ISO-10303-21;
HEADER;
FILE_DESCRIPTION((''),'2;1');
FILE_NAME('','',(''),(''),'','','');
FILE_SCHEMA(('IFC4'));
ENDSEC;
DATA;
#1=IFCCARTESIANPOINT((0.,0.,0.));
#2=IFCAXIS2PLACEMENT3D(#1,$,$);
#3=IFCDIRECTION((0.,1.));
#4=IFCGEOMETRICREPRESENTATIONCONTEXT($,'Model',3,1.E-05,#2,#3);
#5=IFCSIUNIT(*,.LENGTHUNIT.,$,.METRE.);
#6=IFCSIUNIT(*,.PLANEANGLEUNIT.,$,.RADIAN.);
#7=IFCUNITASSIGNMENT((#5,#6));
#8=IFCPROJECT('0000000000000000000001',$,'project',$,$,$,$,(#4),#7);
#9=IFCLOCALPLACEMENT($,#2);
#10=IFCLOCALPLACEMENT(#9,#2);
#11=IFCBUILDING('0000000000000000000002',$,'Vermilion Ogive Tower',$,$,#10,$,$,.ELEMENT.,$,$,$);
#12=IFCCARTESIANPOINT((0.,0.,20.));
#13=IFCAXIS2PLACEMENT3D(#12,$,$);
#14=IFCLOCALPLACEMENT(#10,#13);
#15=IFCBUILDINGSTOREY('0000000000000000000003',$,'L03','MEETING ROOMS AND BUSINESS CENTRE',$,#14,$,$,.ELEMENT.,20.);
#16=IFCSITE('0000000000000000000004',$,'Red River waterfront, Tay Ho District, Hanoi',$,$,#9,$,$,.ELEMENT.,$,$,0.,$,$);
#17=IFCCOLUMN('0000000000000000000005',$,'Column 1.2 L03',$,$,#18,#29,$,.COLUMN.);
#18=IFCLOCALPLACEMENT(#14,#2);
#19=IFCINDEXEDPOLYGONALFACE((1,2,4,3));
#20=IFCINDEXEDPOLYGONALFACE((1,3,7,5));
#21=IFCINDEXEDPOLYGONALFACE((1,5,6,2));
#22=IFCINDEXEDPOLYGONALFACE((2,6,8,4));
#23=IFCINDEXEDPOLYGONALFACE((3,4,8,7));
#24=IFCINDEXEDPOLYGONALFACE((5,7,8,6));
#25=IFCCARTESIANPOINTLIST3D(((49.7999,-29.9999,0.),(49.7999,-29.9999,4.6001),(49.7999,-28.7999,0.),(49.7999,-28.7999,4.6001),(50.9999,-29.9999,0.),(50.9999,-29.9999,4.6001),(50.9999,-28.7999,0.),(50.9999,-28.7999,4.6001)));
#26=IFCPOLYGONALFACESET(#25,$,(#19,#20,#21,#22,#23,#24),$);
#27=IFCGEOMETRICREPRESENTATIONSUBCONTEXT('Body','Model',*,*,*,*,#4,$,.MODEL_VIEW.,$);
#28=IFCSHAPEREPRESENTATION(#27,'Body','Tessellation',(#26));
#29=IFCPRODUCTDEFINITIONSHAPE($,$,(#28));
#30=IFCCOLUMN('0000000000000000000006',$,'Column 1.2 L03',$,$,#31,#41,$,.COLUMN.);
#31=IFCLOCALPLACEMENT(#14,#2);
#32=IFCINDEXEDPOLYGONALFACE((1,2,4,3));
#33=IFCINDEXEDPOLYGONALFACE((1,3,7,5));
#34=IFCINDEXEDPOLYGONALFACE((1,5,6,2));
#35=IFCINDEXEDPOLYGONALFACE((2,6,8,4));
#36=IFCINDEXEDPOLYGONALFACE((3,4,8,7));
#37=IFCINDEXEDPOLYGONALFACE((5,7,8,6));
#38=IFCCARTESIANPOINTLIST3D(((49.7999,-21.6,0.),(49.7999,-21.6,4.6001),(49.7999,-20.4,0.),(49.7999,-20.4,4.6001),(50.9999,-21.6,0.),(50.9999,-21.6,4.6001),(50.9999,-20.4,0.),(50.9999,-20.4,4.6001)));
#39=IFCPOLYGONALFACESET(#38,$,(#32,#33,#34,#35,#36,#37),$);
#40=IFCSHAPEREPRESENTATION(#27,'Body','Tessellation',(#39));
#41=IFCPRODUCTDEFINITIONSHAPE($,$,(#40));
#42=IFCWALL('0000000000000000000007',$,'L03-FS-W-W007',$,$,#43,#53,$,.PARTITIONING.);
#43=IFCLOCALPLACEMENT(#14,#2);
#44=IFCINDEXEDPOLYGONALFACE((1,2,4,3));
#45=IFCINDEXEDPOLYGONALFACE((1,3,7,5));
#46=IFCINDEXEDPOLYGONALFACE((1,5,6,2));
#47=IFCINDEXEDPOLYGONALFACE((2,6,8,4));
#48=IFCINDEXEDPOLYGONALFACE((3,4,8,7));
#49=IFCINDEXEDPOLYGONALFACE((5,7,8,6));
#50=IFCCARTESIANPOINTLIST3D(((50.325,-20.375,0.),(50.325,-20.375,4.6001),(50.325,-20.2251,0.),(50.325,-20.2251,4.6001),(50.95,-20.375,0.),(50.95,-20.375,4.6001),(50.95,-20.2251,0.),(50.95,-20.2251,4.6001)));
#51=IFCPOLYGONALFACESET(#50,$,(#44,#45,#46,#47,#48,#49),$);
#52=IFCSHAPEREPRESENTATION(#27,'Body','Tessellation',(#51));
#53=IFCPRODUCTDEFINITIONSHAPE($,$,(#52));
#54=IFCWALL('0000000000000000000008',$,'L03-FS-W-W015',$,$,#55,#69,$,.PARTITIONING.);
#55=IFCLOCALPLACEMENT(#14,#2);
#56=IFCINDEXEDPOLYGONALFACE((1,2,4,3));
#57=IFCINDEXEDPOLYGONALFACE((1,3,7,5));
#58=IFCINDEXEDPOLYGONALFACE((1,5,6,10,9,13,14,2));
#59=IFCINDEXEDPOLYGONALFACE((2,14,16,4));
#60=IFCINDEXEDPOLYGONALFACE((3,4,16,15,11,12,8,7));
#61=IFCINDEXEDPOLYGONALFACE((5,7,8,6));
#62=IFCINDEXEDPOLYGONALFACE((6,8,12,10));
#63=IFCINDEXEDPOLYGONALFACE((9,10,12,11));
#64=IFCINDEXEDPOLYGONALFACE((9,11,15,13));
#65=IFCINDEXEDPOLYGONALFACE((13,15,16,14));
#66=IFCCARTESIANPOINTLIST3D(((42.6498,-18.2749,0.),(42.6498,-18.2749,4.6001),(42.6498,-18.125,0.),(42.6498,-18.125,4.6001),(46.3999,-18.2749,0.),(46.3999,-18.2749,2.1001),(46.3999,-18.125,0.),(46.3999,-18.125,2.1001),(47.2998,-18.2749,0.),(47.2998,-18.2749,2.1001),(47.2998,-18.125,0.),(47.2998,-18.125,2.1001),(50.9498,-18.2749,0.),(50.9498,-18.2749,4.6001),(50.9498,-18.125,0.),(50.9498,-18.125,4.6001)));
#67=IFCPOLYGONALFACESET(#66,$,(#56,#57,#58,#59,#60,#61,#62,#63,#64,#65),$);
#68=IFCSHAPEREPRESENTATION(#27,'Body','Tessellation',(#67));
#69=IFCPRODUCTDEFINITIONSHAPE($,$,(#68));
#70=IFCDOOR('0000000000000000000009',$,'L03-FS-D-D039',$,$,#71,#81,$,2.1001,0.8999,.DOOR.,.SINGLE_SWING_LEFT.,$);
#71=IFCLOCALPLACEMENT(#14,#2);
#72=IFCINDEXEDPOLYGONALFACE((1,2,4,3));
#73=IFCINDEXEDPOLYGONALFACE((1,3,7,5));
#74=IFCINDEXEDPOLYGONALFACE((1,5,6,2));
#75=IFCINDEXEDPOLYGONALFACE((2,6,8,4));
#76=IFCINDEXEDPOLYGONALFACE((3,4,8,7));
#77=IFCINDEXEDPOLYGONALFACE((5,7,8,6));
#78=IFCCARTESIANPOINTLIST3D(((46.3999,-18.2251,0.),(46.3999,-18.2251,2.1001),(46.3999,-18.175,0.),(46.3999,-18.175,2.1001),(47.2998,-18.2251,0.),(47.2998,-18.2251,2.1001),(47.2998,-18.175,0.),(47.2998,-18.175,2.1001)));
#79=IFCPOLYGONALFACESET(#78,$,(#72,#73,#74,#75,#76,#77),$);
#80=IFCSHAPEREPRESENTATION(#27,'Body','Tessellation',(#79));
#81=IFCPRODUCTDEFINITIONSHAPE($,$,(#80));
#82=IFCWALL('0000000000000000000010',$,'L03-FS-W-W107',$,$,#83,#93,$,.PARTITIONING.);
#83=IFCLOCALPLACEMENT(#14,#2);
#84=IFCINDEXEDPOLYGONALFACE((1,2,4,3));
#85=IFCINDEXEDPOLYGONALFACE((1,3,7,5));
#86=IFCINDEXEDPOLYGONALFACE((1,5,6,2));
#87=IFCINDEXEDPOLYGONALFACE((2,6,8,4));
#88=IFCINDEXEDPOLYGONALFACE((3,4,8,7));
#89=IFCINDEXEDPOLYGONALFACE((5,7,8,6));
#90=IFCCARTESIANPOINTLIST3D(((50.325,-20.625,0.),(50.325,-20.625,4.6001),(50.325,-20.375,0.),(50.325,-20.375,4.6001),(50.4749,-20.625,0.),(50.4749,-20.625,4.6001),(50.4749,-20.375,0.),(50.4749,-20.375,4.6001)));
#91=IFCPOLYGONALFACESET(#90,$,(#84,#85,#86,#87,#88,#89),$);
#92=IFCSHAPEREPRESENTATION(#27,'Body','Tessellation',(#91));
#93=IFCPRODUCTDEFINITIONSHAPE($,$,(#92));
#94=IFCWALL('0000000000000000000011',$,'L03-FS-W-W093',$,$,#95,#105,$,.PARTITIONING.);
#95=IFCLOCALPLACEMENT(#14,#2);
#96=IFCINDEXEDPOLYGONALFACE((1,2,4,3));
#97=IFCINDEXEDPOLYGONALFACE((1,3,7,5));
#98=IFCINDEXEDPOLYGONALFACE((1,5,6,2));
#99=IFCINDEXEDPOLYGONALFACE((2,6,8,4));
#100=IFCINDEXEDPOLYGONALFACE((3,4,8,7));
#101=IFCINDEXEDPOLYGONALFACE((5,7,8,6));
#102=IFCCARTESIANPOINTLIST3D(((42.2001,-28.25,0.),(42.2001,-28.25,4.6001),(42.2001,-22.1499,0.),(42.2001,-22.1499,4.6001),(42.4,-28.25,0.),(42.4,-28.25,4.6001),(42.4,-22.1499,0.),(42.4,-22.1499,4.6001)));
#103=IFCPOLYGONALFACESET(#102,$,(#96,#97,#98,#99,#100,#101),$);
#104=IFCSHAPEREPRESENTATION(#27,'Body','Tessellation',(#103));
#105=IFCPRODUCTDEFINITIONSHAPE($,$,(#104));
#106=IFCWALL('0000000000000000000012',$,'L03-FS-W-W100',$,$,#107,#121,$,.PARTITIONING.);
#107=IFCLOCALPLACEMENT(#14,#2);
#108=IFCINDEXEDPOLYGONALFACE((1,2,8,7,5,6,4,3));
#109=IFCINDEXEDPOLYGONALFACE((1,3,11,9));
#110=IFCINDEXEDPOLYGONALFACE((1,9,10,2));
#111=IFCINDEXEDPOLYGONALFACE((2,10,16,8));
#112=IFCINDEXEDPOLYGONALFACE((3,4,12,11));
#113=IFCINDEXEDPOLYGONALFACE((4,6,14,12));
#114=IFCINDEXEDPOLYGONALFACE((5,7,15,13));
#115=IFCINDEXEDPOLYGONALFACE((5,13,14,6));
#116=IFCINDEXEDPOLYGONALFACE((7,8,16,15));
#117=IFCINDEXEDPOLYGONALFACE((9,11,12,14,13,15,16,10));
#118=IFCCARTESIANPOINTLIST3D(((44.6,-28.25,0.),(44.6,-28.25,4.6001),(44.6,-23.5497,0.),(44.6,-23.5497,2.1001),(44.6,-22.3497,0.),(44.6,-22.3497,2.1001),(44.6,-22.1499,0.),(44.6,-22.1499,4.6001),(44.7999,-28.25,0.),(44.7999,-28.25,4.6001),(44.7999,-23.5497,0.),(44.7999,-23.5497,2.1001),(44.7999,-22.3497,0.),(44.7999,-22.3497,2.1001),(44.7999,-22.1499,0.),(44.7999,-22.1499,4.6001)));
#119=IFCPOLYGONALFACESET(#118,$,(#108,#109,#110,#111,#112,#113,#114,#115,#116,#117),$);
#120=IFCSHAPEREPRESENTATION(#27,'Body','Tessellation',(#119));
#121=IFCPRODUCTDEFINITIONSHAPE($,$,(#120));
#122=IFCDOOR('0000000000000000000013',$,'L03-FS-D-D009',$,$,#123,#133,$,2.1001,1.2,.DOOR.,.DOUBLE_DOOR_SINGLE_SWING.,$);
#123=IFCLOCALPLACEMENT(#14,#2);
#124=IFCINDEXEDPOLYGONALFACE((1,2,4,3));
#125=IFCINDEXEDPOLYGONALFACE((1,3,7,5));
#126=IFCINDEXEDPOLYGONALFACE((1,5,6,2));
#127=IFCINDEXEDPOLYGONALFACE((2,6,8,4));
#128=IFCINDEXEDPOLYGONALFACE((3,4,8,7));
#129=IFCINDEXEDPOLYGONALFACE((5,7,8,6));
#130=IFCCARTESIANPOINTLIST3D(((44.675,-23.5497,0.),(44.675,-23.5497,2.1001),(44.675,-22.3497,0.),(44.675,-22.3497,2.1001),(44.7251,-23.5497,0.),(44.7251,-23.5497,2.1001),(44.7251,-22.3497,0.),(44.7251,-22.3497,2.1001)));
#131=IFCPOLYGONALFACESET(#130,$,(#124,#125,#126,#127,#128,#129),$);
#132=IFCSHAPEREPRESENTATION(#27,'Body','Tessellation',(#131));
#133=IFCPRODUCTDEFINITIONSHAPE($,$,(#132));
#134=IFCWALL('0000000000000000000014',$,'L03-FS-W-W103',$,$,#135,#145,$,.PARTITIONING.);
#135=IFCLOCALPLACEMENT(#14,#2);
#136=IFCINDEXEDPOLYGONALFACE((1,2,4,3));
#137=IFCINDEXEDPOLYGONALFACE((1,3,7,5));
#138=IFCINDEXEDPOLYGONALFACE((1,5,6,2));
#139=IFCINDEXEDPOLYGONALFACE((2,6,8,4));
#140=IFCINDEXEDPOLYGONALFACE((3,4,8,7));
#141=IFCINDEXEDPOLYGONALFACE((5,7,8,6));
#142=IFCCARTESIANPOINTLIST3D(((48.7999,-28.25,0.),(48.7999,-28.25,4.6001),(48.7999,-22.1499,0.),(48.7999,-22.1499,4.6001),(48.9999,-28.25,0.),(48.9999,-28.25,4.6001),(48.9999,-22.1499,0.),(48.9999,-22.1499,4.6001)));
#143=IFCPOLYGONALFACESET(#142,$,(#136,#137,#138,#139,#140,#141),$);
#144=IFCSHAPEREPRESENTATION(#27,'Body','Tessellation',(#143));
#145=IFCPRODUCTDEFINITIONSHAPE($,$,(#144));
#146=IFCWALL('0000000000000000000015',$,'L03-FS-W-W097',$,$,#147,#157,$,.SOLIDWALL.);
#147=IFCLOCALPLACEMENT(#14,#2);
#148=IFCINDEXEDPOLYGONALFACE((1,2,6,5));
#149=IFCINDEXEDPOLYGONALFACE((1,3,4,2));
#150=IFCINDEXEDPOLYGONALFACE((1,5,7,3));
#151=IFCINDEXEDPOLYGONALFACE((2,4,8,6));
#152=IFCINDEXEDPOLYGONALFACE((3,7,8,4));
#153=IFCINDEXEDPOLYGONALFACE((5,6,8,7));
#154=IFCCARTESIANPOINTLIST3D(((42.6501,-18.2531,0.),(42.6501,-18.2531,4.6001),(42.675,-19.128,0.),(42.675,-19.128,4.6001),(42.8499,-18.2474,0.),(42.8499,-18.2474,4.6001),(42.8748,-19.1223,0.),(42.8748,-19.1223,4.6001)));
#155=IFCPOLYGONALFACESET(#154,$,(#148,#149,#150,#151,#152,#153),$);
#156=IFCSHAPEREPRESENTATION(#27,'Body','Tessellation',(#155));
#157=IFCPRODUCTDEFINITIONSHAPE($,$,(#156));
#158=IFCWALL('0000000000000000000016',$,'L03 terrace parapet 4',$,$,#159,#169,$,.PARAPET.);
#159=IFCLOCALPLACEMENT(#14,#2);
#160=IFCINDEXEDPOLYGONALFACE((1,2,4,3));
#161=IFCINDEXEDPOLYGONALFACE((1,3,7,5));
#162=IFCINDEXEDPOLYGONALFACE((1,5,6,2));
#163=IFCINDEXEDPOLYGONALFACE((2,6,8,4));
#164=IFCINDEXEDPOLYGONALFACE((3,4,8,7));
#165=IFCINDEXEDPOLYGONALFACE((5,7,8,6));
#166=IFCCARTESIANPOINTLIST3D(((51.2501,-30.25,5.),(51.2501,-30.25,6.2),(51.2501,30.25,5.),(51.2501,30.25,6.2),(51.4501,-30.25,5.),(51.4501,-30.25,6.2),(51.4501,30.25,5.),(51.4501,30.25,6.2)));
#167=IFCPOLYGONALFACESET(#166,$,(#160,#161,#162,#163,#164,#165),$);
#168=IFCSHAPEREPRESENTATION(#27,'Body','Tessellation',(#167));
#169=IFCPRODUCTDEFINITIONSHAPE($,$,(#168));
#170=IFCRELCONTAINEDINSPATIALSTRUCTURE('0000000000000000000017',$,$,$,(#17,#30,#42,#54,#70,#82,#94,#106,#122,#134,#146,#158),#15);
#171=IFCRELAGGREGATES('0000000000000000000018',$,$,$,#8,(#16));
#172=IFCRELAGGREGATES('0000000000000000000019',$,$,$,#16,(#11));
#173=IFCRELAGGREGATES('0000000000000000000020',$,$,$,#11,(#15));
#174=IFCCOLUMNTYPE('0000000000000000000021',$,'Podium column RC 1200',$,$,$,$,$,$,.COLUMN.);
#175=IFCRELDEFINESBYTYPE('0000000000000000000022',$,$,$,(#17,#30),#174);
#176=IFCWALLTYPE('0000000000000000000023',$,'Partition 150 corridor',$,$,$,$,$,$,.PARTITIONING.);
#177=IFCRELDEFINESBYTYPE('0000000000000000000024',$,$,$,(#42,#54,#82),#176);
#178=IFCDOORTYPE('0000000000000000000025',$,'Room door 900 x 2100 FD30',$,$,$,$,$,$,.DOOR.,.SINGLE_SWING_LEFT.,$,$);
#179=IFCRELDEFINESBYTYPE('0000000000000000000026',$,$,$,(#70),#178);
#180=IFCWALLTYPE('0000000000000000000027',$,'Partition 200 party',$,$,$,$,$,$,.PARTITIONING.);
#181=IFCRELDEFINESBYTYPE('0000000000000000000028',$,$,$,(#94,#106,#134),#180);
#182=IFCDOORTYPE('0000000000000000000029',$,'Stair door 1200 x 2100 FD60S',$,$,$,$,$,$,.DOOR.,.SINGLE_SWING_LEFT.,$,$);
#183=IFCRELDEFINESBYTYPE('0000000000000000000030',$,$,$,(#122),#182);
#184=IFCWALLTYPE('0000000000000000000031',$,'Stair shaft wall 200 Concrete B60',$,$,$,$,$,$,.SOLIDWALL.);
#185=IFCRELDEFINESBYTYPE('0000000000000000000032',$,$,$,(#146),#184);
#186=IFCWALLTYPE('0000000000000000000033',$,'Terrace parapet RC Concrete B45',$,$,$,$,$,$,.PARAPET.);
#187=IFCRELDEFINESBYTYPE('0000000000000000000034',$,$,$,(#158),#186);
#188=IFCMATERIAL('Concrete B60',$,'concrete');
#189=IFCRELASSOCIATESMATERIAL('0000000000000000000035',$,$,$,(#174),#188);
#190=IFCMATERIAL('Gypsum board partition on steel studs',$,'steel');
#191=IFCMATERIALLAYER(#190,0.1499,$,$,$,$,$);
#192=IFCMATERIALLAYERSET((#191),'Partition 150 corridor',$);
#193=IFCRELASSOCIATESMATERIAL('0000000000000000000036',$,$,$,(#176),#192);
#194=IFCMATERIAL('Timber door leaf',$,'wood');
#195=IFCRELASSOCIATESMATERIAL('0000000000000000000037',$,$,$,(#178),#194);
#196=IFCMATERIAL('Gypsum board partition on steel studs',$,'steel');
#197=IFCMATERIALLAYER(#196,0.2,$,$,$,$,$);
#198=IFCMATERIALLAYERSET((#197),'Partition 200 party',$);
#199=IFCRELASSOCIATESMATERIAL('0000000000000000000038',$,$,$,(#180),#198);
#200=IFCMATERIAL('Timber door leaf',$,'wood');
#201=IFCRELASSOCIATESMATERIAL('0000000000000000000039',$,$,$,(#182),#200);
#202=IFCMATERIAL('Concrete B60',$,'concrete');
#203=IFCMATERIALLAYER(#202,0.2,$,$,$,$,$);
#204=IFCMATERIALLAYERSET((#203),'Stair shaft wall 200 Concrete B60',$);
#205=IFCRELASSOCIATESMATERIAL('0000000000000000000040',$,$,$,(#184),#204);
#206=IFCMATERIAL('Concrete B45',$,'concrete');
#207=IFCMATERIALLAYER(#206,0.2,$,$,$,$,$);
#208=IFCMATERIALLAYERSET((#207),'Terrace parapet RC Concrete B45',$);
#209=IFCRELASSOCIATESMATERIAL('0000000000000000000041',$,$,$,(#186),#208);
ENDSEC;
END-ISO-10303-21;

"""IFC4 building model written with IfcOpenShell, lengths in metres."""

from ifc_helpers import new_model, si_unit, direction, frame, frame_2d, origin, origin_2d, place, context, subcontext, project, spatial, rectangle, extrude, material, layer, layer_set, material_profile, profile_set, type_object, element, fill, save


model = new_model("IFC4")

# Units and contexts
model_context = context("Model", 3, precision=1e-05, world=origin(), true_north=direction((0.0, 1.0)))
body_context = subcontext(model_context, "Body", "Model", "MODEL_VIEW")
ifc_project = project(units=[si_unit("LENGTHUNIT", "METRE"), si_unit("PLANEANGLEUNIT", "RADIAN")], contexts=[model_context])

# Site, building, storey
site_placement = place(None, origin())
site = spatial("IfcSite", under=ifc_project, at=site_placement, Name="Red River waterfront, Tay Ho District, Hanoi", CompositionType="ELEMENT", RefElevation=0.0)
building_placement = place(site_placement, origin())
building = spatial("IfcBuilding", under=site, at=building_placement, Name="Vermilion Ogive Tower", CompositionType="ELEMENT")
storey_placement = place(building_placement, frame((0.0, 0.0, 20.0)))
storey = spatial("IfcBuildingStorey", under=building, at=storey_placement, Name="L03", Description="MEETING ROOMS AND BUSINESS CENTRE", CompositionType="ELEMENT", Elevation=20.0)

# Columns
ifc_material_1 = material(Name="Concrete B60", Category="concrete")
ifc_material_profile = material_profile(ifc_material_1, rectangle(XDim=1.2, YDim=1.2, at=origin_2d()), Name="RC 1200x1200")
ifc_profile_set = profile_set([ifc_material_profile], Name="Concrete B60")
column_type = type_object("IfcColumnType", Name="Podium column RC 1200", PredefinedType="COLUMN", material=ifc_profile_set)
for number, where, z_axis, x_axis, name in (
    (1, (50.3999, -29.3999, 0.0), (0.0, 0.0, 1.0), (1.0, 0.0, 0.0), "Column 1.2 L03"),
    (2, (50.3999, -21.0, 0.0), (0.0, 0.0, 1.0), (1.0, 0.0, 0.0), "Column 1.2 L03"),
):
    element("IfcColumn", number, at=place(storey_placement, frame(where, z_axis=z_axis, x_axis=x_axis)), inside=storey, type_object=column_type, Name=name, PredefinedType="COLUMN", context=body_context, shape_type="SweptSolid", body=[
        extrude(rectangle(XDim=1.2, YDim=1.2, at=origin_2d()), origin(), (0.0, 0.0, 1.0), 4.6001),
    ])

# Wall
ifc_material_2 = material(Name="Gypsum board partition on steel studs", Category="steel")
ifc_layer_1 = layer(ifc_material_2, 0.1499)
ifc_layer_set_1 = layer_set([ifc_layer_1], Name="Partition 150 corridor")
wall_type_1 = type_object("IfcWallType", Name="Partition 150 corridor", PredefinedType="PARTITIONING", material=ifc_layer_set_1)
wall_1_placement = place(storey_placement, frame((50.325, -20.3, 0.0), z_axis=(0.0, 0.0, 1.0), x_axis=(1.0, 0.0, 0.0)))
element("IfcWall", 3, at=wall_1_placement, inside=storey, type_object=wall_type_1, Name="L03-FS-W-W007", PredefinedType="PARTITIONING", context=body_context, shape_type="SweptSolid", body=[
    extrude(rectangle(XDim=0.625, YDim=0.1499, at=frame_2d((0.3125, 0.0))), origin(), (0.0, 0.0, 1.0), 4.6001),
])

# Wall, opening, door
wall_2_placement = place(storey_placement, frame((42.6499, -18.2, 0.0), z_axis=(0.0, 0.0, 1.0), x_axis=(1.0, 0.0, 0.0)))
wall_2 = element("IfcWall", 4, at=wall_2_placement, inside=storey, type_object=wall_type_1, Name="L03-FS-W-W015", PredefinedType="PARTITIONING", context=body_context, shape_type="SweptSolid", body=[
    extrude(rectangle(XDim=8.3, YDim=0.1499, at=frame_2d((4.1499, 0.0))), origin(), (0.0, 0.0, 1.0), 4.6001),
])
opening_1_placement = place(wall_2_placement, frame((3.75, 0.0, 0.0)))
opening_1 = element("IfcOpeningElement", 5, at=opening_1_placement, cuts=wall_2, PredefinedType="OPENING", context=body_context, shape_type="SweptSolid", body=[
    extrude(rectangle(XDim=0.8999, YDim=2.1001, at=frame_2d((0.45, 1.05))), frame((0.0, 0.085, 0.0), z_axis=(0.0, -1.0, 0.0), x_axis=(1.0, 0.0, 0.0)), (0.0, 0.0, 1.0), 0.1699),
])
ifc_material_3 = material(Name="Timber door leaf", Category="wood")
door_type_1 = type_object("IfcDoorType", Name="Room door 900 x 2100 FD30", OperationType="SINGLE_SWING_LEFT", PredefinedType="DOOR", material=ifc_material_3)
door_1_placement = place(opening_1_placement, origin())
door_1 = element("IfcDoor", 6, at=door_1_placement, inside=storey, type_object=door_type_1, Name="L03-FS-D-D039", OperationType="SINGLE_SWING_LEFT", OverallHeight=2.1001, OverallWidth=0.8999, PredefinedType="DOOR", context=body_context, shape_type="SweptSolid", body=[
    extrude(rectangle(XDim=0.8999, YDim=2.1001, at=frame_2d((0.45, 1.05))), frame((0.0, 0.0249, 0.0), z_axis=(0.0, -1.0, 0.0), x_axis=(1.0, 0.0, 0.0)), (0.0, 0.0, 1.0), 0.05),
])
fill(opening_1, door_1)

# Walls
wall_3_placement = place(storey_placement, frame((50.3999, -20.625, 0.0), z_axis=(0.0, 0.0, 1.0), x_axis=(0.0, 1.0, 0.0)))
element("IfcWall", 7, at=wall_3_placement, inside=storey, type_object=wall_type_1, Name="L03-FS-W-W107", PredefinedType="PARTITIONING", context=body_context, shape_type="SweptSolid", body=[
    extrude(rectangle(XDim=0.25, YDim=0.1499, at=frame_2d((0.125, 0.0))), origin(), (0.0, 0.0, 1.0), 4.6001),
])
ifc_material_4 = material(Name="Gypsum board partition on steel studs", Category="steel")
ifc_layer_2 = layer(ifc_material_4, 0.2)
ifc_layer_set_2 = layer_set([ifc_layer_2], Name="Partition 200 party")
wall_type_2 = type_object("IfcWallType", Name="Partition 200 party", PredefinedType="PARTITIONING", material=ifc_layer_set_2)
wall_4_placement = place(storey_placement, frame((42.3, -28.25, 0.0), z_axis=(0.0, 0.0, 1.0), x_axis=(0.0, 1.0, 0.0)))
element("IfcWall", 8, at=wall_4_placement, inside=storey, type_object=wall_type_2, Name="L03-FS-W-W093", PredefinedType="PARTITIONING", context=body_context, shape_type="SweptSolid", body=[
    extrude(rectangle(XDim=6.1001, YDim=0.2, at=frame_2d((3.05, 0.0))), origin(), (0.0, 0.0, 1.0), 4.6001),
])

# Wall, opening, door
wall_5_placement = place(storey_placement, frame((44.7, -28.25, 0.0), z_axis=(0.0, 0.0, 1.0), x_axis=(0.0, 1.0, 0.0)))
wall_5 = element("IfcWall", 9, at=wall_5_placement, inside=storey, type_object=wall_type_2, Name="L03-FS-W-W100", PredefinedType="PARTITIONING", context=body_context, shape_type="SweptSolid", body=[
    extrude(rectangle(XDim=6.1001, YDim=0.2, at=frame_2d((3.05, 0.0))), origin(), (0.0, 0.0, 1.0), 4.6001),
])
opening_2_placement = place(wall_5_placement, frame((4.7002, 0.0, 0.0)))
opening_2 = element("IfcOpeningElement", 10, at=opening_2_placement, cuts=wall_5, PredefinedType="OPENING", context=body_context, shape_type="SweptSolid", body=[
    extrude(rectangle(XDim=1.2, YDim=2.1001, at=frame_2d((0.6001, 1.05))), frame((0.0, 0.1099, 0.0), z_axis=(0.0, -1.0, 0.0), x_axis=(1.0, 0.0, 0.0)), (0.0, 0.0, 1.0), 0.22),
])
ifc_material_5 = material(Name="Timber door leaf", Category="wood")
door_type_2 = type_object("IfcDoorType", Name="Stair door 1200 x 2100 FD60S", OperationType="SINGLE_SWING_LEFT", PredefinedType="DOOR", material=ifc_material_5)
door_2_placement = place(opening_2_placement, origin())
door_2 = element("IfcDoor", 11, at=door_2_placement, inside=storey, type_object=door_type_2, Name="L03-FS-D-D009", OperationType="DOUBLE_DOOR_SINGLE_SWING", OverallHeight=2.1001, OverallWidth=1.2, PredefinedType="DOOR", context=body_context, shape_type="SweptSolid", body=[
    extrude(rectangle(XDim=1.2, YDim=2.1001, at=frame_2d((0.6001, 1.05))), frame((0.0, 0.0249, 0.0), z_axis=(0.0, -1.0, 0.0), x_axis=(1.0, 0.0, 0.0)), (0.0, 0.0, 1.0), 0.05),
])
fill(opening_2, door_2)

# Walls
wall_6_placement = place(storey_placement, frame((48.8999, -28.25, 0.0), z_axis=(0.0, 0.0, 1.0), x_axis=(0.0, 1.0, 0.0)))
element("IfcWall", 12, at=wall_6_placement, inside=storey, type_object=wall_type_2, Name="L03-FS-W-W103", PredefinedType="PARTITIONING", context=body_context, shape_type="SweptSolid", body=[
    extrude(rectangle(XDim=6.1001, YDim=0.2, at=frame_2d((3.05, 0.0))), origin(), (0.0, 0.0, 1.0), 4.6001),
])
ifc_material_6 = material(Name="Concrete B60", Category="concrete")
ifc_layer_3 = layer(ifc_material_6, 0.2)
ifc_layer_set_3 = layer_set([ifc_layer_3], Name="Stair shaft wall 200 Concrete B60")
wall_type_3 = type_object("IfcWallType", Name="Stair shaft wall 200 Concrete B60", PredefinedType="SOLIDWALL", material=ifc_layer_set_3)
wall_7_placement = place(storey_placement, frame((42.7749, -19.125, 0.0), z_axis=(0.0, 0.0, 1.0), x_axis=(-0.028448, 0.999595, 0.0)))
element("IfcWall", 13, at=wall_7_placement, inside=storey, type_object=wall_type_3, Name="L03-FS-W-W097", PredefinedType="SOLIDWALL", context=body_context, shape_type="SweptSolid", body=[
    extrude(rectangle(XDim=0.8752, YDim=0.2, at=frame_2d((0.4375, 0.0))), origin(), (0.0, 0.0, 1.0), 4.6001),
])
ifc_material_7 = material(Name="Concrete B45", Category="concrete")
ifc_layer_4 = layer(ifc_material_7, 0.2)
ifc_layer_set_4 = layer_set([ifc_layer_4], Name="Terrace parapet RC Concrete B45")
wall_type_4 = type_object("IfcWallType", Name="Terrace parapet RC Concrete B45", PredefinedType="PARAPET", material=ifc_layer_set_4)
wall_8_placement = place(storey_placement, frame((51.3501, -30.25, 5.0), z_axis=(0.0, 0.0, 1.0), x_axis=(0.0, 1.0, 0.0)))
element("IfcWall", 14, at=wall_8_placement, inside=storey, type_object=wall_type_4, Name="L03 terrace parapet 4", PredefinedType="PARAPET", context=body_context, shape_type="SweptSolid", body=[
    extrude(rectangle(XDim=60.5, YDim=0.2, at=frame_2d((30.25, 0.0))), origin(), (0.0, 0.0, 1.0), 1.2),
])

save(model, "model.ifc")
